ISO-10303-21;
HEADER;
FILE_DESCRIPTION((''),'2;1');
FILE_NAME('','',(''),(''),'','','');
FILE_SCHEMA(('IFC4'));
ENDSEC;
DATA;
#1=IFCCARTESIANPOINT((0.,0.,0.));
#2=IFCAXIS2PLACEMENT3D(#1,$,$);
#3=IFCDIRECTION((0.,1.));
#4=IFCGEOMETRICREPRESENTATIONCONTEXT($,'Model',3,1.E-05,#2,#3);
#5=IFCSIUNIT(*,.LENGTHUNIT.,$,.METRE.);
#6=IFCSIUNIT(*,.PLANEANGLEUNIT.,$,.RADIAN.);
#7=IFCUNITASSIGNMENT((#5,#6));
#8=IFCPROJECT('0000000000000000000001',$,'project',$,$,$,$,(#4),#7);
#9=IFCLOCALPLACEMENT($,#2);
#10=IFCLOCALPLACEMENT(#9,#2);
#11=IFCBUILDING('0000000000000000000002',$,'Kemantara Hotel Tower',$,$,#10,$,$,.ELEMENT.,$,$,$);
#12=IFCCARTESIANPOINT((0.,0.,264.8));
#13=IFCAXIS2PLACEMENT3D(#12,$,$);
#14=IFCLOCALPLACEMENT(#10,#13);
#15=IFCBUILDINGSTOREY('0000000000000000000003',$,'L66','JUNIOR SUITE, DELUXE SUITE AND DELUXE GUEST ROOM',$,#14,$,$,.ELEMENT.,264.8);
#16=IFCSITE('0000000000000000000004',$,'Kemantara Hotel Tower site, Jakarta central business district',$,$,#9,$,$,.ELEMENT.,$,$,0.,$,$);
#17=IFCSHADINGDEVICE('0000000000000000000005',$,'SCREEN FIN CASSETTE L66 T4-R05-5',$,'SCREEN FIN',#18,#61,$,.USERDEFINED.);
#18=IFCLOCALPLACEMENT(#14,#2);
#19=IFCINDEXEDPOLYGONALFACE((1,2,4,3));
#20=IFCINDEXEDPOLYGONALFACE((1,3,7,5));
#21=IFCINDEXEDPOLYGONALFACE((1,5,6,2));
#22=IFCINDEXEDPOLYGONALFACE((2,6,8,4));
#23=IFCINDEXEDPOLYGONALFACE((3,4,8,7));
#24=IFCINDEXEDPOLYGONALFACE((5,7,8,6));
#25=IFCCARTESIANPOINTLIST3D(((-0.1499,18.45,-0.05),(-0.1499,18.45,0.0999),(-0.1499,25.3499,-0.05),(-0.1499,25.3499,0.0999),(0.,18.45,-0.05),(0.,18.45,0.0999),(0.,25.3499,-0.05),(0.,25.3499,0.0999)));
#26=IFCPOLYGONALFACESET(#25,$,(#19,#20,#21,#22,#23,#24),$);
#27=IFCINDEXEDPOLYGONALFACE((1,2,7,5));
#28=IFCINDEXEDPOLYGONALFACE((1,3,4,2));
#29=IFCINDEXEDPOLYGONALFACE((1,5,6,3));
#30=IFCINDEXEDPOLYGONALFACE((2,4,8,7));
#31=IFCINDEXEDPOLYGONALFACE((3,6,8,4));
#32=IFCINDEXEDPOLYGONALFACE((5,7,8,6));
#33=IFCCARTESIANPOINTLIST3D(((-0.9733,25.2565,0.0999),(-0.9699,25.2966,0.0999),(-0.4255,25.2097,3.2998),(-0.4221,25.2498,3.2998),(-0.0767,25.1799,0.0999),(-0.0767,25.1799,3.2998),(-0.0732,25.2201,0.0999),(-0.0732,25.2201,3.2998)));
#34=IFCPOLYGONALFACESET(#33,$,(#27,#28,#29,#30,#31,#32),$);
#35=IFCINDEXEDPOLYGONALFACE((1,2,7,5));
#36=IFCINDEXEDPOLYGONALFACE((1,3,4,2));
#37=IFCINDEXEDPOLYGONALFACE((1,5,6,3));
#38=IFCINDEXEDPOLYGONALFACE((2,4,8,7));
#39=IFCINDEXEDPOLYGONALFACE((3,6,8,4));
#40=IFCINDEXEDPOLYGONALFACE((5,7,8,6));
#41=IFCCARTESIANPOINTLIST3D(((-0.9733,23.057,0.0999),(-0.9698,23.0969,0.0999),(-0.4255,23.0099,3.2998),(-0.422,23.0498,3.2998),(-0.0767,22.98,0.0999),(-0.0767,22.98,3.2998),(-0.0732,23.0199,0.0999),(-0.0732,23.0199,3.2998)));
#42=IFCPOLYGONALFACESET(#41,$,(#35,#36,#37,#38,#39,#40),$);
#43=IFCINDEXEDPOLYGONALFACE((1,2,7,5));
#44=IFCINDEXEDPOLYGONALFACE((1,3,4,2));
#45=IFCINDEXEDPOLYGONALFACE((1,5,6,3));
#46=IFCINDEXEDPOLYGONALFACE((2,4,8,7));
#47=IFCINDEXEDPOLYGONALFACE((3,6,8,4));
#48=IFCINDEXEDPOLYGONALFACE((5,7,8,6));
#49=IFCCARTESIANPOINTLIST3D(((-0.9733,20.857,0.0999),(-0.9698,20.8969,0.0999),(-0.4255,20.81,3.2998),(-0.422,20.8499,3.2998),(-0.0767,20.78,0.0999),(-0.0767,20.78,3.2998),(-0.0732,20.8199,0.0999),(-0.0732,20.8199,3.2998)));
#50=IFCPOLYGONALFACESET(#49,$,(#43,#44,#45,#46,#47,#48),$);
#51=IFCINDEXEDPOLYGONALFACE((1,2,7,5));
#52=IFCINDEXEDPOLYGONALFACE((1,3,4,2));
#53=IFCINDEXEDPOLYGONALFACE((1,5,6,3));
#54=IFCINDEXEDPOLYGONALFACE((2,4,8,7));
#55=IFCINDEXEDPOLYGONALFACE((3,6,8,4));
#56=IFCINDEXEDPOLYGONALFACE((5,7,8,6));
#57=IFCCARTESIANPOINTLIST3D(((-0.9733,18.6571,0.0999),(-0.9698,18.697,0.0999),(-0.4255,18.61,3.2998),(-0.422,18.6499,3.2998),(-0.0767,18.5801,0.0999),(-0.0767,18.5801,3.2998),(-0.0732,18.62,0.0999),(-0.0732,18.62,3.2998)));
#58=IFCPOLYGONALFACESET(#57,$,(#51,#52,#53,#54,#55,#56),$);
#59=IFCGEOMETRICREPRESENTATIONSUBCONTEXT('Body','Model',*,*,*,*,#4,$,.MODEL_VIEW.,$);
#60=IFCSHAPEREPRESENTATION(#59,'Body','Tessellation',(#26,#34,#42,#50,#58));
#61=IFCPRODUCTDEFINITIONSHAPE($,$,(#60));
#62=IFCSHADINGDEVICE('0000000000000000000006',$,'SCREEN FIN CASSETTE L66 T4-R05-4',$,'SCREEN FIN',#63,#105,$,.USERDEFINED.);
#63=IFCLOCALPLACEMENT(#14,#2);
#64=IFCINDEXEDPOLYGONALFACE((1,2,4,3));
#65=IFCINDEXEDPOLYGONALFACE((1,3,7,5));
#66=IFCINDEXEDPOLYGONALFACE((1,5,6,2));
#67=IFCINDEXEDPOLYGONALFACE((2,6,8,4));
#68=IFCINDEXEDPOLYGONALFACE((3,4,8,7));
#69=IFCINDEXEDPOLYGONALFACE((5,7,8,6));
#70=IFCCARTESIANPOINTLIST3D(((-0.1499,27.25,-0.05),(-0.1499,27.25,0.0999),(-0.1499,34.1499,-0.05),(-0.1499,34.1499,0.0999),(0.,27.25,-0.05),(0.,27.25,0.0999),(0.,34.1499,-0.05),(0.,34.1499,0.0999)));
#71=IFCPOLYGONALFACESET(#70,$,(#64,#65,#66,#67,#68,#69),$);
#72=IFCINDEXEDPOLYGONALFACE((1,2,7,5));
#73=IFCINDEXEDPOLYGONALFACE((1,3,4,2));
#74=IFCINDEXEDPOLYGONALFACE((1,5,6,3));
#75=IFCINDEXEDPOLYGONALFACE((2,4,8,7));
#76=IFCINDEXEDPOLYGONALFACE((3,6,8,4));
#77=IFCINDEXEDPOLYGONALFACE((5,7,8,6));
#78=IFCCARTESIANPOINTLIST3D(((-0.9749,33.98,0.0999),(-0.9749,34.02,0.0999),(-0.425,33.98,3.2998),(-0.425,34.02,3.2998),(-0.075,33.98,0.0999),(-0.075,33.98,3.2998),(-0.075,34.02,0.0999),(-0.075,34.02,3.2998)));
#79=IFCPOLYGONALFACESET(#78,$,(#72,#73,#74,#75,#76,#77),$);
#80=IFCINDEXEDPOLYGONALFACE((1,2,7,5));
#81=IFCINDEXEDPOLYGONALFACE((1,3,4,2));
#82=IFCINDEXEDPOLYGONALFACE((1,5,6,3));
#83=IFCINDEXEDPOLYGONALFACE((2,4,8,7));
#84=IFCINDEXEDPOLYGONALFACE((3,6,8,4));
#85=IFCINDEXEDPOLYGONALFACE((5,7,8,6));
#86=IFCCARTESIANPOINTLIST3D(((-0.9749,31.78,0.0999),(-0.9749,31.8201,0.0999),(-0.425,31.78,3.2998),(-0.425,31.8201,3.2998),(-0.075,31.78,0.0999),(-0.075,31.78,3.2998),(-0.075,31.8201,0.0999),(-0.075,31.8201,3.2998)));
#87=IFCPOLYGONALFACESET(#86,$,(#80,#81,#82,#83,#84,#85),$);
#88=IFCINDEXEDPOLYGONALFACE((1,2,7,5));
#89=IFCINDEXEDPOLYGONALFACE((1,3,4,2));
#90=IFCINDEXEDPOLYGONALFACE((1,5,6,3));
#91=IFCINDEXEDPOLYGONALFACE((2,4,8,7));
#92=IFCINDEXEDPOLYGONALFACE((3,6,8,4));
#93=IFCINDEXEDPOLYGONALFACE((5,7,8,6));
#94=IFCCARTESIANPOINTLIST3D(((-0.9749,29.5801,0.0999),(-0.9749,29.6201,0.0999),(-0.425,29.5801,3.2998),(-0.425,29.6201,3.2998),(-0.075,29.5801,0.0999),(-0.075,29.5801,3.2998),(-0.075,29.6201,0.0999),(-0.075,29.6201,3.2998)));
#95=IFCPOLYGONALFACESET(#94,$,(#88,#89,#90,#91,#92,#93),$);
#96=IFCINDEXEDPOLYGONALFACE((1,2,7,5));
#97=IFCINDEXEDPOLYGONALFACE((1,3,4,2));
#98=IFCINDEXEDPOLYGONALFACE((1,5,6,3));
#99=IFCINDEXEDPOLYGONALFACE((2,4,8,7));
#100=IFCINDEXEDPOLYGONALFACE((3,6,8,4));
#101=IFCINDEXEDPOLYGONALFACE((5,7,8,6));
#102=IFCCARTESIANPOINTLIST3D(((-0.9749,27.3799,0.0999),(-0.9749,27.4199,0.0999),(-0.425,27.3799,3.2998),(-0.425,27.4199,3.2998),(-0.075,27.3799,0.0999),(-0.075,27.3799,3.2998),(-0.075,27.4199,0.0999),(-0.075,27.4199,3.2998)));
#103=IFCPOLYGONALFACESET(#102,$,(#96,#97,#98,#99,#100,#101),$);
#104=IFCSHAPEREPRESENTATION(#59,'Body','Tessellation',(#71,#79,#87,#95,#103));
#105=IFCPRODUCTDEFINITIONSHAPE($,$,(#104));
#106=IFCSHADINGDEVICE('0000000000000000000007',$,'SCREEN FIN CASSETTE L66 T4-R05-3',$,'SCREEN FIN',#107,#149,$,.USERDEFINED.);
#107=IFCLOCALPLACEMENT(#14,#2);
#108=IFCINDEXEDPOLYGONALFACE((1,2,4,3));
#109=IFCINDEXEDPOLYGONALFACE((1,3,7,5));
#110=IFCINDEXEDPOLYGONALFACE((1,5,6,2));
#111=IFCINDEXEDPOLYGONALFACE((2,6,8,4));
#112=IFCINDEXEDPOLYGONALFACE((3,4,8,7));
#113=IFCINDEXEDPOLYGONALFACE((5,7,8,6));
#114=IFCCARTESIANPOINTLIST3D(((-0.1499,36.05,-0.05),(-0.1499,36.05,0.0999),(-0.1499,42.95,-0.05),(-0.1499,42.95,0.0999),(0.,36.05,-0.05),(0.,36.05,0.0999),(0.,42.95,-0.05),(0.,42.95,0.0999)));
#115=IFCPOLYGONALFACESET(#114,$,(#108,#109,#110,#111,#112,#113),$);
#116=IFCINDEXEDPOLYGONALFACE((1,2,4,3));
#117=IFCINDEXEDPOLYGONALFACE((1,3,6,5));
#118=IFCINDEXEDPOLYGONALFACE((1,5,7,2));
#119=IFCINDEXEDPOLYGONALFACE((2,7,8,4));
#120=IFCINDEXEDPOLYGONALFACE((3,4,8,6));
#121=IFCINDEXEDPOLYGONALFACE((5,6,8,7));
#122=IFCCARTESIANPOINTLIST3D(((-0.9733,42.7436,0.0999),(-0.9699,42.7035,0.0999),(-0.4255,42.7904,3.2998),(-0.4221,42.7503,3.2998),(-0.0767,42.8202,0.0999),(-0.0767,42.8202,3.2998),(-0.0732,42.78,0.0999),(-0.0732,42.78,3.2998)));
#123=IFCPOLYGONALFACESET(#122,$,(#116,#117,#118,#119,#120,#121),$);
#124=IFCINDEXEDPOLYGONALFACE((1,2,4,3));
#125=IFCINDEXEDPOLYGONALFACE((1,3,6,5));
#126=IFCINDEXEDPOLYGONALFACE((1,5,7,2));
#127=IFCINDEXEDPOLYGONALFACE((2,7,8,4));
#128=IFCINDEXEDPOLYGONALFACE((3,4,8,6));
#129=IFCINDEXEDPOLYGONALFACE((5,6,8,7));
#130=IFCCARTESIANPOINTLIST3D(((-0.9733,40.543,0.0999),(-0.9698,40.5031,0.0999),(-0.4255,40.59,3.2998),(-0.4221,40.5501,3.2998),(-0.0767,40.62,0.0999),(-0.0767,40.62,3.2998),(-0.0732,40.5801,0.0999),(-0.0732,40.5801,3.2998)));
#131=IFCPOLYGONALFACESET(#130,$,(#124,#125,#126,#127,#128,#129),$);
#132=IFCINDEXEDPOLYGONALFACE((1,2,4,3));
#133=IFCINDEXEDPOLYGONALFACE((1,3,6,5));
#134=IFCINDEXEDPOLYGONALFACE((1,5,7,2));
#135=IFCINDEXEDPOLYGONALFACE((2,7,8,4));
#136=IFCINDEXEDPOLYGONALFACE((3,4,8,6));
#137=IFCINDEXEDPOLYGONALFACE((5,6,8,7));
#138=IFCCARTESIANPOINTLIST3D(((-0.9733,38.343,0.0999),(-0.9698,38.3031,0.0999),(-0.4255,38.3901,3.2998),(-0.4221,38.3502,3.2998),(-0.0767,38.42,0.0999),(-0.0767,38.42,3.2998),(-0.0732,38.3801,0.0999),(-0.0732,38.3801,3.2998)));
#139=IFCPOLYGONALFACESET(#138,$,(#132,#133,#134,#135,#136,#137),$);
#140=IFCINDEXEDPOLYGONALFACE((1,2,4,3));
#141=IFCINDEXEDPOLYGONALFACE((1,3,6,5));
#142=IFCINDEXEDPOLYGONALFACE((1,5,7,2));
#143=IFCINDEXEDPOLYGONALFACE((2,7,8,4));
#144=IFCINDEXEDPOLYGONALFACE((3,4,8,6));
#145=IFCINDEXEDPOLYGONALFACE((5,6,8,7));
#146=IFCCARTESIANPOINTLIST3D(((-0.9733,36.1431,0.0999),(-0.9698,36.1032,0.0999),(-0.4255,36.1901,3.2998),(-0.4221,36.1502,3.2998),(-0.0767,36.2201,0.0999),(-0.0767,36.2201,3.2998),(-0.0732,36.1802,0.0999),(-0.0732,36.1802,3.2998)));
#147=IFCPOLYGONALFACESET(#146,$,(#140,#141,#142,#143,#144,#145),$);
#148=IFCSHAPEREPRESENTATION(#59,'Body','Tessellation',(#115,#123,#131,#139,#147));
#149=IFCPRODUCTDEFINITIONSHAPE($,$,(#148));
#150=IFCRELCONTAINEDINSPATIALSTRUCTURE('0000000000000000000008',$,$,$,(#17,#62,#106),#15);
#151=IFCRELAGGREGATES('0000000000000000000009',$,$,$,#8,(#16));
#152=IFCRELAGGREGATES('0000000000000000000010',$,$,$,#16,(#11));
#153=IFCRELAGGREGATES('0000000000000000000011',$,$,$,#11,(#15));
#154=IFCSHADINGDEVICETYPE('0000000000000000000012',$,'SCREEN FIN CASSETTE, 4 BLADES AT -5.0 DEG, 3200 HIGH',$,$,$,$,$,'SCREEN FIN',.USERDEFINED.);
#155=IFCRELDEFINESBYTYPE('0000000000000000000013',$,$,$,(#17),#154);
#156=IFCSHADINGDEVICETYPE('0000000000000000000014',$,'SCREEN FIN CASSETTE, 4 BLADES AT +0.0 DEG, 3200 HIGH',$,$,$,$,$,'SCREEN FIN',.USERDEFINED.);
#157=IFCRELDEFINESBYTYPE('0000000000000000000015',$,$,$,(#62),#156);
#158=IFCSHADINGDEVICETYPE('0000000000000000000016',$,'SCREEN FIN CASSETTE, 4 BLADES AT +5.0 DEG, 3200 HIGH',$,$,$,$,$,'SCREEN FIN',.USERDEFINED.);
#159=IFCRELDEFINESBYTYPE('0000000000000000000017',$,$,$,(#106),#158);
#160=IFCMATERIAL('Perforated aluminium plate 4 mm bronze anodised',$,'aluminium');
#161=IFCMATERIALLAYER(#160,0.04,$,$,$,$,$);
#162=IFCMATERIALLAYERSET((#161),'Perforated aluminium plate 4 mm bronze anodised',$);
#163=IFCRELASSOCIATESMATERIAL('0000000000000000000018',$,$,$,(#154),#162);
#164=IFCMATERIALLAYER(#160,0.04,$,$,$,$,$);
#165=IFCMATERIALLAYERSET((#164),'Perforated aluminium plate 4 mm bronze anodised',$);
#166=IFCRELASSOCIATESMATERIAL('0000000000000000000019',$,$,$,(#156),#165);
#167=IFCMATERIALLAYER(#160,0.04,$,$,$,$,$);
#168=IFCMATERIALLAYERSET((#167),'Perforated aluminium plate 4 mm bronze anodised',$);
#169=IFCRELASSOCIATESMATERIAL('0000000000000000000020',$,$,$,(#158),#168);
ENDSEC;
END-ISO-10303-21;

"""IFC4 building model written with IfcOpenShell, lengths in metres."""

from ifc_helpers import new_model, si_unit, direction, frame, origin, origin_2d, place, context, subcontext, project, spatial, polyline, rectangle, outline, extrude, source, transform, mapped, material, layer, layer_set, type_object, element, save


model = new_model("IFC4")

# Units and contexts
model_context = context("Model", 3, precision=1e-05, world=origin(), true_north=direction((0.0, 1.0)))
body_context = subcontext(model_context, "Body", "Model", "MODEL_VIEW")
ifc_project = project(units=[si_unit("LENGTHUNIT", "METRE"), si_unit("PLANEANGLEUNIT", "RADIAN")], contexts=[model_context])

# Site, building, storey
site_placement = place(None, origin())
site = spatial("IfcSite", under=ifc_project, at=site_placement, Name="Kemantara Hotel Tower site, Jakarta central business district", CompositionType="ELEMENT", RefElevation=0.0)
building_placement = place(site_placement, origin())
building = spatial("IfcBuilding", under=site, at=building_placement, Name="Kemantara Hotel Tower", CompositionType="ELEMENT")
storey_placement = place(building_placement, frame((0.0, 0.0, 264.8)))
storey = spatial("IfcBuildingStorey", under=building, at=storey_placement, Name="L66", Description="JUNIOR SUITE, DELUXE SUITE AND DELUXE GUEST ROOM", CompositionType="ELEMENT", Elevation=264.8)

# Shading devices
ifc_material_1 = material(Name="Perforated aluminium plate 4 mm bronze anodised", Category="aluminium")
ifc_layer_1 = layer(ifc_material_1, 0.04)
ifc_layer_set_1 = layer_set([ifc_layer_1], Name="Perforated aluminium plate 4 mm bronze anodised")
shading_device_type_1 = type_object("IfcShadingDeviceType", Name="SCREEN FIN CASSETTE, 4 BLADES AT -5.0 DEG, 3200 HIGH", ElementType="SCREEN FIN", PredefinedType="USERDEFINED", material=ifc_layer_set_1)
shared_shape_1 = source(origin(), body_context, "Body", "SweptSolid", [
    extrude(rectangle(XDim=6.8999, YDim=0.1499, at=origin_2d()), frame((3.3, -0.075, -0.1499), z_axis=(0.0, 0.0, 1.0), x_axis=(1.0, 0.0, 0.0)), (0.0, 0.0, 1.0), 0.1499),
    extrude(outline(polyline([(0.0, 0.0), (0.8999, 0.0), (0.3501, 3.2), (0.0, 3.2), (0.0, 0.0)])), frame((0.02, -0.0767, 0.0), z_axis=(-0.996376, 0.085056, 0.0), x_axis=(-0.085056, -0.996376, 0.0)), (0.0, 0.0, 1.0), 0.0403),
    extrude(outline(polyline([(0.0, 0.0), (0.8999, 0.0), (0.3501, 3.2), (0.0, 3.2), (0.0, 0.0)])), frame((2.22, -0.0767, 0.0), z_axis=(-0.996332, 0.085575, 0.0), x_axis=(-0.085575, -0.996332, 0.0)), (0.0, 0.0, 1.0), 0.04),
    extrude(outline(polyline([(0.0, 0.0), (0.8999, 0.0), (0.3501, 3.2), (0.0, 3.2), (0.0, 0.0)])), frame((4.4199, -0.0767, 0.0), z_axis=(-0.996332, 0.085575, 0.0), x_axis=(-0.085575, -0.996332, 0.0)), (0.0, 0.0, 1.0), 0.04),
    extrude(outline(polyline([(0.0, 0.0), (0.8999, 0.0), (0.3501, 3.2), (0.0, 3.2), (0.0, 0.0)])), frame((6.6199, -0.0767, 0.0), z_axis=(-0.996332, 0.085575, 0.0), x_axis=(-0.085575, -0.996332, 0.0)), (0.0, 0.0, 1.0), 0.04),
])
shading_device_1_placement = place(storey_placement, frame((0.0, 25.2, 0.0999), z_axis=(0.0, 0.0, 1.0), x_axis=(0.0, -1.0, 0.0)))
element("IfcShadingDevice", 1, at=shading_device_1_placement, inside=storey, type_object=shading_device_type_1, Name="SCREEN FIN CASSETTE L66 T4-R05-5", ObjectType="SCREEN FIN", PredefinedType="USERDEFINED", context=body_context, shape_type="MappedRepresentation", body=[
    mapped(shared_shape_1, transform((0.0, 0.0, 0.0))),
])
ifc_layer_2 = layer(ifc_material_1, 0.04)
ifc_layer_set_2 = layer_set([ifc_layer_2], Name="Perforated aluminium plate 4 mm bronze anodised")
shading_device_type_2 = type_object("IfcShadingDeviceType", Name="SCREEN FIN CASSETTE, 4 BLADES AT +0.0 DEG, 3200 HIGH", ElementType="SCREEN FIN", PredefinedType="USERDEFINED", material=ifc_layer_set_2)
shared_shape_2 = source(origin(), body_context, "Body", "SweptSolid", [
    extrude(rectangle(XDim=6.8999, YDim=0.1499, at=origin_2d()), frame((3.3, -0.075, -0.1499), z_axis=(0.0, 0.0, 1.0), x_axis=(1.0, 0.0, 0.0)), (0.0, 0.0, 1.0), 0.1499),
    extrude(outline(polyline([(0.0, 0.0), (0.8999, 0.0), (0.3501, 3.2), (0.0, 3.2), (0.0, 0.0)])), frame((0.02, -0.075, 0.0), z_axis=(-1.0, 0.0, 0.0), x_axis=(0.0, -1.0, 0.0)), (0.0, 0.0, 1.0), 0.04),
    extrude(outline(polyline([(0.0, 0.0), (0.8999, 0.0), (0.3501, 3.2), (0.0, 3.2), (0.0, 0.0)])), frame((2.22, -0.075, 0.0), z_axis=(-1.0, 0.0, 0.0), x_axis=(0.0, -1.0, 0.0)), (0.0, 0.0, 1.0), 0.04),
    extrude(outline(polyline([(0.0, 0.0), (0.8999, 0.0), (0.3501, 3.2), (0.0, 3.2), (0.0, 0.0)])), frame((4.4199, -0.075, 0.0), z_axis=(-1.0, 0.0, 0.0), x_axis=(0.0, -1.0, 0.0)), (0.0, 0.0, 1.0), 0.04),
    extrude(outline(polyline([(0.0, 0.0), (0.8999, 0.0), (0.3501, 3.2), (0.0, 3.2), (0.0, 0.0)])), frame((6.6201, -0.075, 0.0), z_axis=(-1.0, 0.0, 0.0), x_axis=(0.0, -1.0, 0.0)), (0.0, 0.0, 1.0), 0.04),
])
shading_device_2_placement = place(storey_placement, frame((0.0, 34.0, 0.0999), z_axis=(0.0, 0.0, 1.0), x_axis=(0.0, -1.0, 0.0)))
element("IfcShadingDevice", 2, at=shading_device_2_placement, inside=storey, type_object=shading_device_type_2, Name="SCREEN FIN CASSETTE L66 T4-R05-4", ObjectType="SCREEN FIN", PredefinedType="USERDEFINED", context=body_context, shape_type="MappedRepresentation", body=[
    mapped(shared_shape_2, transform((0.0, 0.0, 0.0))),
])
ifc_layer_3 = layer(ifc_material_1, 0.04)
ifc_layer_set_3 = layer_set([ifc_layer_3], Name="Perforated aluminium plate 4 mm bronze anodised")
shading_device_type_3 = type_object("IfcShadingDeviceType", Name="SCREEN FIN CASSETTE, 4 BLADES AT +5.0 DEG, 3200 HIGH", ElementType="SCREEN FIN", PredefinedType="USERDEFINED", material=ifc_layer_set_3)
shared_shape_3 = source(origin(), body_context, "Body", "SweptSolid", [
    extrude(rectangle(XDim=6.8999, YDim=0.1499, at=origin_2d()), frame((3.3, -0.075, -0.1499), z_axis=(0.0, 0.0, 1.0), x_axis=(1.0, 0.0, 0.0)), (0.0, 0.0, 1.0), 0.1499),
    extrude(outline(polyline([(0.0, 0.0), (0.8999, 0.0), (0.3501, 3.2), (0.0, 3.2), (0.0, 0.0)])), frame((0.02, -0.0732, 0.0), z_axis=(-0.996376, -0.085056, 0.0), x_axis=(0.085056, -0.996376, 0.0)), (0.0, 0.0, 1.0), 0.0403),
    extrude(outline(polyline([(0.0, 0.0), (0.8999, 0.0), (0.3501, 3.2), (0.0, 3.2), (0.0, 0.0)])), frame((2.22, -0.0732, 0.0), z_axis=(-0.996332, -0.085575, 0.0), x_axis=(0.085575, -0.996332, 0.0)), (0.0, 0.0, 1.0), 0.04),
    extrude(outline(polyline([(0.0, 0.0), (0.8999, 0.0), (0.3501, 3.2), (0.0, 3.2), (0.0, 0.0)])), frame((4.4199, -0.0732, 0.0), z_axis=(-0.996332, -0.085575, 0.0), x_axis=(0.085575, -0.996332, 0.0)), (0.0, 0.0, 1.0), 0.04),
    extrude(outline(polyline([(0.0, 0.0), (0.8999, 0.0), (0.3501, 3.2), (0.0, 3.2), (0.0, 0.0)])), frame((6.6199, -0.0732, 0.0), z_axis=(-0.996332, -0.085575, 0.0), x_axis=(0.085575, -0.996332, 0.0)), (0.0, 0.0, 1.0), 0.04),
])
shading_device_3_placement = place(storey_placement, frame((0.0, 42.8, 0.0999), z_axis=(0.0, 0.0, 1.0), x_axis=(0.0, -1.0, 0.0)))
element("IfcShadingDevice", 3, at=shading_device_3_placement, inside=storey, type_object=shading_device_type_3, Name="SCREEN FIN CASSETTE L66 T4-R05-3", ObjectType="SCREEN FIN", PredefinedType="USERDEFINED", context=body_context, shape_type="MappedRepresentation", body=[
    mapped(shared_shape_3, transform((0.0, 0.0, 0.0))),
])

save(model, "model.ifc")
